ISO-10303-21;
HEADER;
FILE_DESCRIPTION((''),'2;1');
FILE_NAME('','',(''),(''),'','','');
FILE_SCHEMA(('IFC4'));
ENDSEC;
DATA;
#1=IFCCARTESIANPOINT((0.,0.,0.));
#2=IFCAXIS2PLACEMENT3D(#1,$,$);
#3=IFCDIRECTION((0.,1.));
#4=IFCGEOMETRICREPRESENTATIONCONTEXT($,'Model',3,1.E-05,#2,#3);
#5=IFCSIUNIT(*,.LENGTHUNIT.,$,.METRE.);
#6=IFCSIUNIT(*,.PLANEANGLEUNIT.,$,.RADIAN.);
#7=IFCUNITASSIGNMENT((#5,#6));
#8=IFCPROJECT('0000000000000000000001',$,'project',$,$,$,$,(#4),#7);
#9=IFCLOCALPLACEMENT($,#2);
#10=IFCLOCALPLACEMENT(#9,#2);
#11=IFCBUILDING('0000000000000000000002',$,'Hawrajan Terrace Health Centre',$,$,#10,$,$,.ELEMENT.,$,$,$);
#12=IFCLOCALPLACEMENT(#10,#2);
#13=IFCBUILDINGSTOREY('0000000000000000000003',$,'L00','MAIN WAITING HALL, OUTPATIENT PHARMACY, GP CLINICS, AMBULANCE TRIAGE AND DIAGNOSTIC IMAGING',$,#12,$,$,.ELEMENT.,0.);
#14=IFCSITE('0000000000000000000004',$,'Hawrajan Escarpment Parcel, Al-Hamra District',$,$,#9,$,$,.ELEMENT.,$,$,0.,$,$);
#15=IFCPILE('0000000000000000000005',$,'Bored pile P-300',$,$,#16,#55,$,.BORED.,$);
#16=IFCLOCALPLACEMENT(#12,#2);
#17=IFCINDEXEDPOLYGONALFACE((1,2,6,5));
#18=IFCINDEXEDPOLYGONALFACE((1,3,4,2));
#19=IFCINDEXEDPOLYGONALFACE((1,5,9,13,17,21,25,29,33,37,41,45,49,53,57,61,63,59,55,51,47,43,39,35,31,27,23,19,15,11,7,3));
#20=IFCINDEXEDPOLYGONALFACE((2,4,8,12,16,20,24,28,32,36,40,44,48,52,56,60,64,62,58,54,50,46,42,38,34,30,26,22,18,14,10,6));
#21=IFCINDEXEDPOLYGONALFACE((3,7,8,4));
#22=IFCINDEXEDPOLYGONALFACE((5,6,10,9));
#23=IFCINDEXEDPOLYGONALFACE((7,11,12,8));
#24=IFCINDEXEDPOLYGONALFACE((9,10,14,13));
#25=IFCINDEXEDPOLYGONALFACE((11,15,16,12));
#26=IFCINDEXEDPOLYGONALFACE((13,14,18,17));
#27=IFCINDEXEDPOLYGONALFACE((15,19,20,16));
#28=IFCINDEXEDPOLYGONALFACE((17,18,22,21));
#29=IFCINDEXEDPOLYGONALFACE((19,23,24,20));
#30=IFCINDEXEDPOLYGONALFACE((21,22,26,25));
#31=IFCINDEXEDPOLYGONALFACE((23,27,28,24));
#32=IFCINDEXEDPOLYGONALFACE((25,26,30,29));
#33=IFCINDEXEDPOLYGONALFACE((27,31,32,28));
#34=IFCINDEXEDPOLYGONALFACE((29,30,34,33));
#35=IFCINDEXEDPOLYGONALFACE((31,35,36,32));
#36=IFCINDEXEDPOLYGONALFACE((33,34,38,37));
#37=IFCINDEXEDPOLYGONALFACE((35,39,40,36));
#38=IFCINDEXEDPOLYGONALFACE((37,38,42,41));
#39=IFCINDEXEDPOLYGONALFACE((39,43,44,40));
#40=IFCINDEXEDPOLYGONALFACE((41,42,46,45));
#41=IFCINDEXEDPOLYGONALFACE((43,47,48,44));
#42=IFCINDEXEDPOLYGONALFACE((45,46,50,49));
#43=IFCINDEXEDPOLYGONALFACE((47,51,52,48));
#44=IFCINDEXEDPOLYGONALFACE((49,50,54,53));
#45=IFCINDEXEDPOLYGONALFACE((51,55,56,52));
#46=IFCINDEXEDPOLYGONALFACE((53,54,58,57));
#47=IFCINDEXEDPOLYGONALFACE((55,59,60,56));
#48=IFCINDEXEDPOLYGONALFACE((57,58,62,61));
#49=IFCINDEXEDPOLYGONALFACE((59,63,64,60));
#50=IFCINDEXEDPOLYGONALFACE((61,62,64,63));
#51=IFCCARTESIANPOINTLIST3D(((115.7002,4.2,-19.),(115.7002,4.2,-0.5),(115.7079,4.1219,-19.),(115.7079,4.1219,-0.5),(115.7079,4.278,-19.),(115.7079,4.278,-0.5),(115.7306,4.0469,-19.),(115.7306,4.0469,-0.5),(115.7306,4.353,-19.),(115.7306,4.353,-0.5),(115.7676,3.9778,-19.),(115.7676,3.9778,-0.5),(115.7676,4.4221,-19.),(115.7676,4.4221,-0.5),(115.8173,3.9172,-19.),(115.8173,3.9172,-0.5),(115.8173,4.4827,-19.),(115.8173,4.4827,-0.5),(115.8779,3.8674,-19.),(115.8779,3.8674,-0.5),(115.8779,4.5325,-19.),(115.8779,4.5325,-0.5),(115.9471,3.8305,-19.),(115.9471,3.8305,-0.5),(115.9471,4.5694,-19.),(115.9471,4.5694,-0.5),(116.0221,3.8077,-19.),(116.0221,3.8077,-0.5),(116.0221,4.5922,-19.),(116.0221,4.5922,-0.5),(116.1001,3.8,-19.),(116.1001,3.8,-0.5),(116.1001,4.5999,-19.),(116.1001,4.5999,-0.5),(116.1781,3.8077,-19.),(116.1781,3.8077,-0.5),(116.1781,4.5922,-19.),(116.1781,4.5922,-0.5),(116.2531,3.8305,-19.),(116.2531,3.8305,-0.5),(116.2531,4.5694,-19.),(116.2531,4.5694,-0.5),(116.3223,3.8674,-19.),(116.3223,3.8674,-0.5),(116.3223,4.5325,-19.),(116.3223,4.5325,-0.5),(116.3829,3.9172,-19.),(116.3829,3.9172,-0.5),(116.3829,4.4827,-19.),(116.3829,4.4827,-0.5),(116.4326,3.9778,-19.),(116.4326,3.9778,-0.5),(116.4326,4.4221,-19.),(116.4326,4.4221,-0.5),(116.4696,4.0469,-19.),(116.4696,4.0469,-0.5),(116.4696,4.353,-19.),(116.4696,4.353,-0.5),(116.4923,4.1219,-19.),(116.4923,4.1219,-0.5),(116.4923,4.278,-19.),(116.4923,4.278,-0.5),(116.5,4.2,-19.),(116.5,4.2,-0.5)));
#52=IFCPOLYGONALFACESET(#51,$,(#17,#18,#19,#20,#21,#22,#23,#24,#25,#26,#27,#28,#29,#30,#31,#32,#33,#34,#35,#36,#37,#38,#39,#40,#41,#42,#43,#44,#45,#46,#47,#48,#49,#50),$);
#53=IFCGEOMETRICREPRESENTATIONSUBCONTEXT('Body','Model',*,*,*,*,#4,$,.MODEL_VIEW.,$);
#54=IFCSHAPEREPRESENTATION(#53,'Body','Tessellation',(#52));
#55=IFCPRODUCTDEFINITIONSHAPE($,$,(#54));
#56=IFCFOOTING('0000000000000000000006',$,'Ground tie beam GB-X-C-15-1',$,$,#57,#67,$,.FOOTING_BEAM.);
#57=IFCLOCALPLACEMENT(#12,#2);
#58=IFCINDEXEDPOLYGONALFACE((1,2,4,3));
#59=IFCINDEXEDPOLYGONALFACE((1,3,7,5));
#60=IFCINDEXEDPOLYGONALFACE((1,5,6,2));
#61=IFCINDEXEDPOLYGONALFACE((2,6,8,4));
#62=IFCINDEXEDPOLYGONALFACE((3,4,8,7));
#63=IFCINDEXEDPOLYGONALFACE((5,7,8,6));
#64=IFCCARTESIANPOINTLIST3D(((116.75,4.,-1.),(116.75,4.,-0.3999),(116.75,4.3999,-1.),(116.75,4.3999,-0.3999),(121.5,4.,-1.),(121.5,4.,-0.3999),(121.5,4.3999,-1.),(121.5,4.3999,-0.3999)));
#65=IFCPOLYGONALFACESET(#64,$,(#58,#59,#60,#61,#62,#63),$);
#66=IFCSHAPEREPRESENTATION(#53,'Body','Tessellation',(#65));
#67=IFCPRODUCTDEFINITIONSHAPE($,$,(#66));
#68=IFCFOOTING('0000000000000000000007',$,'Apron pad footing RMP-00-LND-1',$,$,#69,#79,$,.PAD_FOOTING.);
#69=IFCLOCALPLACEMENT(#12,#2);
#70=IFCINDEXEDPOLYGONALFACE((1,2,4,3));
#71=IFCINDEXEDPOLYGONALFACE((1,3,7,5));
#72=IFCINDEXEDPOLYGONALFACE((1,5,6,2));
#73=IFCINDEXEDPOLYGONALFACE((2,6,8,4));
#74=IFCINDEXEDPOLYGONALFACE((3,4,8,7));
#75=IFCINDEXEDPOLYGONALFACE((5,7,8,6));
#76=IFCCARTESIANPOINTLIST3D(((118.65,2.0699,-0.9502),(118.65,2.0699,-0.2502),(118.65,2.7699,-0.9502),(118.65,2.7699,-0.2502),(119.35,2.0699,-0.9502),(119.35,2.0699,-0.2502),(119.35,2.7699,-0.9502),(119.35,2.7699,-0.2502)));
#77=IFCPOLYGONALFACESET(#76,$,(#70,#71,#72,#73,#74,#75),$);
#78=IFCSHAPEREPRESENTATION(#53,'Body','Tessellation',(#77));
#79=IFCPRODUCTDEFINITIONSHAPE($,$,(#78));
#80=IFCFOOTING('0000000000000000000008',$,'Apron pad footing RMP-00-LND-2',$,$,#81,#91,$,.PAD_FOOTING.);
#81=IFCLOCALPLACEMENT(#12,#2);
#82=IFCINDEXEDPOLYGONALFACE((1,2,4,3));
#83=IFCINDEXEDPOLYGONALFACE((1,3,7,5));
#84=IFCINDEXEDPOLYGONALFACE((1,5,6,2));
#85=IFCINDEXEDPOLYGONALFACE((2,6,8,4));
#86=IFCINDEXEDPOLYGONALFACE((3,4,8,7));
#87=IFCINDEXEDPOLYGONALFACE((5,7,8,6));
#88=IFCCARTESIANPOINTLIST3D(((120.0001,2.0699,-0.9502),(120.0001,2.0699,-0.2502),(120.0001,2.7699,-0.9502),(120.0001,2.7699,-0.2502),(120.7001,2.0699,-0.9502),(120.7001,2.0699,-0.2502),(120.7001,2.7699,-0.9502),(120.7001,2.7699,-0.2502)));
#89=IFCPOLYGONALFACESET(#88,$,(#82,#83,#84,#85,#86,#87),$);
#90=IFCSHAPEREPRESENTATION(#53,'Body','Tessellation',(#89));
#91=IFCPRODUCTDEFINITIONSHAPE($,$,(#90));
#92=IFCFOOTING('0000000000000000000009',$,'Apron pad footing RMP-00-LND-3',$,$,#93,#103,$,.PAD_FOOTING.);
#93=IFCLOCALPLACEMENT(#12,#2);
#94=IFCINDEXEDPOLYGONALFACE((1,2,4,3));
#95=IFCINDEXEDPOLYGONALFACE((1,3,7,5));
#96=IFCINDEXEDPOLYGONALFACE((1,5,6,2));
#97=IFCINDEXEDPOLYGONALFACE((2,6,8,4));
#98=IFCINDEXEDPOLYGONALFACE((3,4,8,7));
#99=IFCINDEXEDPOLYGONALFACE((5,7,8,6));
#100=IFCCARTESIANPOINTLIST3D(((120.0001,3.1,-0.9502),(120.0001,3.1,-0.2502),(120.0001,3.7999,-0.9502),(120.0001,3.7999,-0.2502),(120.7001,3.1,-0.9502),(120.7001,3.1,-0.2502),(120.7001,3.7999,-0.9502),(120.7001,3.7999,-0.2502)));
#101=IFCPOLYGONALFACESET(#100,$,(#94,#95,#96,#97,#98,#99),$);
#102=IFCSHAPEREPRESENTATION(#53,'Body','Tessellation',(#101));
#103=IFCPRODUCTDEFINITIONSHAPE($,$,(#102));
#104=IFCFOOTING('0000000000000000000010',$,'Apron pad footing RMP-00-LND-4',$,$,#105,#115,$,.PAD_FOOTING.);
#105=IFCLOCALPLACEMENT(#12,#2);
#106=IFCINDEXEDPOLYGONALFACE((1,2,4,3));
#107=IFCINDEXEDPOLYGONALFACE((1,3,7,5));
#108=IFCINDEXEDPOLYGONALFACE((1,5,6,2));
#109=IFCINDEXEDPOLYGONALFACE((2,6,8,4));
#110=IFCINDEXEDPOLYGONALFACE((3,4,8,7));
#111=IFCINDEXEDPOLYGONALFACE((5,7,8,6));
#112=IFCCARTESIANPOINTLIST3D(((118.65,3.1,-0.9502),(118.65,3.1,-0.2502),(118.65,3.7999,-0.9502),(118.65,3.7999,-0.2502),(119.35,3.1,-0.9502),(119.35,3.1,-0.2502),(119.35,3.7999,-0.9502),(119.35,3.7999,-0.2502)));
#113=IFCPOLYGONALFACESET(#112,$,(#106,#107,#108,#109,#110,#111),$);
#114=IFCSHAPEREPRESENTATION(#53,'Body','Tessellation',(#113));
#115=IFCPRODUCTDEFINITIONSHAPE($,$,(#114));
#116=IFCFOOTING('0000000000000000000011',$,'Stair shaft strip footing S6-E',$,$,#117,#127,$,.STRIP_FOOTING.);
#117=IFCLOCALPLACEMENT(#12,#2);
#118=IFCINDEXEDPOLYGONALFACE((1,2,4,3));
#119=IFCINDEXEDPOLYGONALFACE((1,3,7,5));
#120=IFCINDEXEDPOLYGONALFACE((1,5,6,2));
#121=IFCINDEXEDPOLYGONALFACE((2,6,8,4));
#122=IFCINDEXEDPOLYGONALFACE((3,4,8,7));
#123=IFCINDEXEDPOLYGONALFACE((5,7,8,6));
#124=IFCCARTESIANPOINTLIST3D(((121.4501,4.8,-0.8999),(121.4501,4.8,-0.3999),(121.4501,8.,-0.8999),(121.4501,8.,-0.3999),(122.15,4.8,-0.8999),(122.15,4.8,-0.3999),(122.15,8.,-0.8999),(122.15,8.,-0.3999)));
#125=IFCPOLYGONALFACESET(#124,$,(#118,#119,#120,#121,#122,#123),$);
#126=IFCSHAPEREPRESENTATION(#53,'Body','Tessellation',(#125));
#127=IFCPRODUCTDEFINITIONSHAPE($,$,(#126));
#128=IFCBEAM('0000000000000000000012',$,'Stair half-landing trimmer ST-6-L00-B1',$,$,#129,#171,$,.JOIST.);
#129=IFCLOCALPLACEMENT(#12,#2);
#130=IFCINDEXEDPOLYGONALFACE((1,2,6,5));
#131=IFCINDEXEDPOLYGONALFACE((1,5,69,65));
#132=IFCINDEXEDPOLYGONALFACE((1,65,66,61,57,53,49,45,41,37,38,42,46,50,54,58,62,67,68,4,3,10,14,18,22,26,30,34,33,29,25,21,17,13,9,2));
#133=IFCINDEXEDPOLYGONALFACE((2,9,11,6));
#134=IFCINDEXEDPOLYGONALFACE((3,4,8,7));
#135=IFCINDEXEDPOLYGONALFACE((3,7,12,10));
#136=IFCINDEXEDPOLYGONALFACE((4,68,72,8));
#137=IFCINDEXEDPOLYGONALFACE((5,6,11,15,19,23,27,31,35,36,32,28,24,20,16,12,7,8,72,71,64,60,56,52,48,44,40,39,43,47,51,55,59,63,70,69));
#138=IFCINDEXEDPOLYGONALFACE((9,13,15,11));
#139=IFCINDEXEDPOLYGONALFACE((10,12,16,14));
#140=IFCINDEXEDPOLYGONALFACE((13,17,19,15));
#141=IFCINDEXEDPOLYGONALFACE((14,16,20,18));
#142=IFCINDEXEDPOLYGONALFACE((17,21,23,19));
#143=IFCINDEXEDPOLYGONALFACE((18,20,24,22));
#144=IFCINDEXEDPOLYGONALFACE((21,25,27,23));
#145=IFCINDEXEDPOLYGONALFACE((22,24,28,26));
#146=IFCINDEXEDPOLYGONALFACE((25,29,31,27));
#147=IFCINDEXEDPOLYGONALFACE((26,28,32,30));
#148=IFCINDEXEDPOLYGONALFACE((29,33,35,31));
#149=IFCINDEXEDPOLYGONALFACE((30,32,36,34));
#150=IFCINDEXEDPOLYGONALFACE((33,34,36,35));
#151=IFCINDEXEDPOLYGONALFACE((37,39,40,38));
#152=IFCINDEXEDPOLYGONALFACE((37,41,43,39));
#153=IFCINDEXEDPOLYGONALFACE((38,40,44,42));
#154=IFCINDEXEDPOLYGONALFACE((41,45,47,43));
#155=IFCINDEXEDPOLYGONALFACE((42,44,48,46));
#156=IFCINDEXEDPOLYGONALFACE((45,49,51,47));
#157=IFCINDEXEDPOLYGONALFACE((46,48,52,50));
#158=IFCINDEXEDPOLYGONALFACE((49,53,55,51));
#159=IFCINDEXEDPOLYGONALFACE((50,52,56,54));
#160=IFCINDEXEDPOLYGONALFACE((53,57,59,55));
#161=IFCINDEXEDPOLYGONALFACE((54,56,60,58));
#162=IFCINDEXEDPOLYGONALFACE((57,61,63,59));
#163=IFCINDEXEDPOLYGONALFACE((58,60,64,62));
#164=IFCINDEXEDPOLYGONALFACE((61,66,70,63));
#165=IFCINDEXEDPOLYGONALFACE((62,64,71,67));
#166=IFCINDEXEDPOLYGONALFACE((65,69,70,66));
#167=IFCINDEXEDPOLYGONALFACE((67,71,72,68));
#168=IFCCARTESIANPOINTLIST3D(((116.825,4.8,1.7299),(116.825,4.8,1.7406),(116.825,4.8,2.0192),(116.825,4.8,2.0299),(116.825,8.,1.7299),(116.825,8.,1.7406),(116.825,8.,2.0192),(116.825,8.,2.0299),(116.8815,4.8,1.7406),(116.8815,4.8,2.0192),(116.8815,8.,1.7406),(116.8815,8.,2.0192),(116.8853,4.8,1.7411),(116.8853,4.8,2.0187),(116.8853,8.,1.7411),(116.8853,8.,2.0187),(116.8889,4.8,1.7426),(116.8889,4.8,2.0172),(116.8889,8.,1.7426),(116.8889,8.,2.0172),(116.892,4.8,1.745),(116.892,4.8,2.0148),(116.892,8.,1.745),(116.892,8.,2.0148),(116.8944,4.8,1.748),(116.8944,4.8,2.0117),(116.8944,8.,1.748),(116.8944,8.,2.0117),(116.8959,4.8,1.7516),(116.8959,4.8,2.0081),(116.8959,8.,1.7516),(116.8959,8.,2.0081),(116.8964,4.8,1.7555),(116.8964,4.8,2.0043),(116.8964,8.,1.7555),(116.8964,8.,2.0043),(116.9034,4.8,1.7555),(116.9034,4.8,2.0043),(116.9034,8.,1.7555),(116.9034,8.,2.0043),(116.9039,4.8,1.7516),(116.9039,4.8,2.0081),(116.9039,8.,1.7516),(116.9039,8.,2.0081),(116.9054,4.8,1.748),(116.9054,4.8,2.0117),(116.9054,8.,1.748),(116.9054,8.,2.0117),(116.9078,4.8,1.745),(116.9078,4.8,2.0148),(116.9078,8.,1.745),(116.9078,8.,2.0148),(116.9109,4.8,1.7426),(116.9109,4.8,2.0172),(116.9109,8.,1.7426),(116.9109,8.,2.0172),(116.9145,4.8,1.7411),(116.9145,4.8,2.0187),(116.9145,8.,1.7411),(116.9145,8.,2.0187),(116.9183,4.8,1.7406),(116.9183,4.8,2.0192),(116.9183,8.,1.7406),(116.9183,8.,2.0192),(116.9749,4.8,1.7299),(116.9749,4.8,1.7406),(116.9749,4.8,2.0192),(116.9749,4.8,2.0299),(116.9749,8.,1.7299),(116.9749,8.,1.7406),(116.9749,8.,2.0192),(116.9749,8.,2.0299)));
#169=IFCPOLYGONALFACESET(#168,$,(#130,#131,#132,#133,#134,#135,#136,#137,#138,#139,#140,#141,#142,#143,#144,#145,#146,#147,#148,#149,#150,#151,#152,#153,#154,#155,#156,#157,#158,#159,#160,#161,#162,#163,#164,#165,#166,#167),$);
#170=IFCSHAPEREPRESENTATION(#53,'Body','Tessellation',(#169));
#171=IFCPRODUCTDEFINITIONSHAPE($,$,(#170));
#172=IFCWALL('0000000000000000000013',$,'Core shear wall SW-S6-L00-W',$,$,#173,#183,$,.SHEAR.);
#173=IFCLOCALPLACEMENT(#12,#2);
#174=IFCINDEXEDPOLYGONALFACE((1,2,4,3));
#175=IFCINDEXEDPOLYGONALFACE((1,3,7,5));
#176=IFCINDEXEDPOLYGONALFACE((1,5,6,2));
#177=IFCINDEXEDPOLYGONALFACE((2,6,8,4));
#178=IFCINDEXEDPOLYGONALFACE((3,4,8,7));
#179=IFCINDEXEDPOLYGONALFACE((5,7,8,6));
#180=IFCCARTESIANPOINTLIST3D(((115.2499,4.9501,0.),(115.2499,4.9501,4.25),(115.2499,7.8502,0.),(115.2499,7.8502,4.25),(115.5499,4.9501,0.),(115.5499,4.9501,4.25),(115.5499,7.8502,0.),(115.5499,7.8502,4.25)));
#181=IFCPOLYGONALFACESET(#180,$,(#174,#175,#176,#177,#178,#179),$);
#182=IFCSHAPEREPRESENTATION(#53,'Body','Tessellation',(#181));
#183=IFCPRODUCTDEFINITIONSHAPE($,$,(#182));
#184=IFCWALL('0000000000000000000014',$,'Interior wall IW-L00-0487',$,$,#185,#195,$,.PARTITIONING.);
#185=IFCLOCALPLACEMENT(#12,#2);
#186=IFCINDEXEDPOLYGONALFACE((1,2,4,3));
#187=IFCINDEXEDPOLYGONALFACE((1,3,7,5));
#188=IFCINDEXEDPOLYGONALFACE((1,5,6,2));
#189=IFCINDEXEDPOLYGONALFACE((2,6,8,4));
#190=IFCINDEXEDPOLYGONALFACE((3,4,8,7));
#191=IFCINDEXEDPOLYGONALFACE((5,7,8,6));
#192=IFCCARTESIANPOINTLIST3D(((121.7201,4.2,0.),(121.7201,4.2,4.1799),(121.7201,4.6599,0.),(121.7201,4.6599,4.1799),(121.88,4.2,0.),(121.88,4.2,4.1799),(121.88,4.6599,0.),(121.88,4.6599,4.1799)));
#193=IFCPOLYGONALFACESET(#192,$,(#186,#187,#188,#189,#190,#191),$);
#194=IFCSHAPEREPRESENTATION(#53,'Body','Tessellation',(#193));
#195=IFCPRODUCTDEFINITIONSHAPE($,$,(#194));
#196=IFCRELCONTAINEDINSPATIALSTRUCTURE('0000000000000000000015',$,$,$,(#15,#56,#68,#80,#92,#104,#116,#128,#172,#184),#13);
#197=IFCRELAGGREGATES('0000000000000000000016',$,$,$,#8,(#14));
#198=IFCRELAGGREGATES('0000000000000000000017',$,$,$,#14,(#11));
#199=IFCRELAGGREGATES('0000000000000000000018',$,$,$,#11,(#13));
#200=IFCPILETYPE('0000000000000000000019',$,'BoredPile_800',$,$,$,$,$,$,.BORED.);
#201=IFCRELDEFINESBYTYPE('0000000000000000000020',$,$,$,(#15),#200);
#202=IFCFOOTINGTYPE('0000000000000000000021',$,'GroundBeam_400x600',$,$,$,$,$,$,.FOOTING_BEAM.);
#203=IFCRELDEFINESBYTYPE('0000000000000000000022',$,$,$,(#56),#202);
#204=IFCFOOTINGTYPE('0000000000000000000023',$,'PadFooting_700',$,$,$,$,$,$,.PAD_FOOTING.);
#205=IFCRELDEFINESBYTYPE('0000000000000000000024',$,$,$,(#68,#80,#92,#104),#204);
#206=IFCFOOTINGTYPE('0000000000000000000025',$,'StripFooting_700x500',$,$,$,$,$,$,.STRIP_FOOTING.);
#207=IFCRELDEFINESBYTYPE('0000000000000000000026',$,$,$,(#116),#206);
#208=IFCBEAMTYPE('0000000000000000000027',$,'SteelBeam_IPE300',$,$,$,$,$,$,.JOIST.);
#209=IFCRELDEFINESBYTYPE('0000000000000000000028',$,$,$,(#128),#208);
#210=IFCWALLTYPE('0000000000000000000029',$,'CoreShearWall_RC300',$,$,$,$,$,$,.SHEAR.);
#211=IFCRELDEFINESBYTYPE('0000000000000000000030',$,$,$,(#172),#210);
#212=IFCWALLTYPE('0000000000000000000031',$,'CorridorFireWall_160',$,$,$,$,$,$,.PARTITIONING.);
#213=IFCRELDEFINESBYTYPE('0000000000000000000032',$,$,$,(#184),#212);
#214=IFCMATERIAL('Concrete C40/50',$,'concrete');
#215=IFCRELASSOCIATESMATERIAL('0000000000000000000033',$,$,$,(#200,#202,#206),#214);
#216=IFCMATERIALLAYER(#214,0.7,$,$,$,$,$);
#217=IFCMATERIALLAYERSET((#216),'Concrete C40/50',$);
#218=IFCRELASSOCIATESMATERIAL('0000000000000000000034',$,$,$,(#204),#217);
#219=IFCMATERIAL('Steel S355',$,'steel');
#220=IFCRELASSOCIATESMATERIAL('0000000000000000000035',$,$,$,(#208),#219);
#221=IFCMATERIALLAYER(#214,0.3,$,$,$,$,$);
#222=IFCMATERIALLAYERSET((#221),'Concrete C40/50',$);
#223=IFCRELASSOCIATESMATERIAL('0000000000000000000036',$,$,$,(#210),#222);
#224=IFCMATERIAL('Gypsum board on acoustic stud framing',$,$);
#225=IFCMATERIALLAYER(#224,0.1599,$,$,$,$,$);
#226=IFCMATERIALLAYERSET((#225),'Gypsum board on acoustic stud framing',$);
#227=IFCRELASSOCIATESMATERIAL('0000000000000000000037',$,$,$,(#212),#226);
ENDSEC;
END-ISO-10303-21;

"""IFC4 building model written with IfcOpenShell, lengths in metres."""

from ifc_helpers import new_model, si_unit, direction, frame, frame_2d, origin, origin_2d, place, context, subcontext, project, spatial, rectangle, circle, i_section, extrude, material, layer, layer_set, material_profile, profile_set, type_object, element, save


model = new_model("IFC4")

# Units and contexts
model_context = context("Model", 3, precision=1e-05, world=origin(), true_north=direction((0.0, 1.0)))
body_context = subcontext(model_context, "Body", "Model", "MODEL_VIEW")
ifc_project = project(units=[si_unit("LENGTHUNIT", "METRE"), si_unit("PLANEANGLEUNIT", "RADIAN")], contexts=[model_context])

# Site, building, storey
site_placement = place(None, origin())
site = spatial("IfcSite", under=ifc_project, at=site_placement, Name="Hawrajan Escarpment Parcel, Al-Hamra District", CompositionType="ELEMENT", RefElevation=0.0)
building_placement = place(site_placement, origin())
building = spatial("IfcBuilding", under=site, at=building_placement, Name="Hawrajan Terrace Health Centre", CompositionType="ELEMENT")
storey_placement = place(building_placement, origin())
storey = spatial("IfcBuildingStorey", under=building, at=storey_placement, Name="L00", Description="MAIN WAITING HALL, OUTPATIENT PHARMACY, GP CLINICS, AMBULANCE TRIAGE AND DIAGNOSTIC IMAGING", CompositionType="ELEMENT", Elevation=0.0)

# Pile
ifc_material_1 = material(Name="Concrete C40/50", Category="concrete")
ifc_material_profile_1 = material_profile(ifc_material_1, circle(Radius=0.3999, at=origin_2d()), Name="BP 800")
ifc_profile_set_1 = profile_set([ifc_material_profile_1], Name="Concrete C40/50")
pile_type = type_object("IfcPileType", Name="BoredPile_800", PredefinedType="BORED", material=ifc_profile_set_1)
pile_placement = place(storey_placement, frame((116.1001, 4.2, -0.5), z_axis=(0.0, 0.0, -1.0), x_axis=(1.0, 0.0, 0.0)))
element("IfcPile", 1, at=pile_placement, inside=storey, type_object=pile_type, Name="Bored pile P-300", PredefinedType="BORED", context=body_context, shape_type="SweptSolid", body=[
    extrude(circle(Radius=0.3999, at=origin_2d()), origin(), (0.0, 0.0, 1.0), 18.5),
])

# Footings
ifc_material_profile_2 = material_profile(ifc_material_1, rectangle(XDim=0.3999, YDim=0.6001, at=origin_2d()), Name="RC BM 400x600")
ifc_profile_set_2 = profile_set([ifc_material_profile_2], Name="Concrete C40/50")
footing_type_1 = type_object("IfcFootingType", Name="GroundBeam_400x600", PredefinedType="FOOTING_BEAM", material=ifc_profile_set_2)
footing_1_placement = place(storey_placement, frame((116.75, 4.2, -0.7), z_axis=(1.0, 0.0, 0.0), x_axis=(0.0, 1.0, 0.0)))
element("IfcFooting", 2, at=footing_1_placement, inside=storey, type_object=footing_type_1, Name="Ground tie beam GB-X-C-15-1", PredefinedType="FOOTING_BEAM", context=body_context, shape_type="SweptSolid", body=[
    extrude(rectangle(XDim=0.3999, YDim=0.6001, at=origin_2d()), origin(), (0.0, 0.0, 1.0), 4.75),
])
ifc_layer_1 = layer(ifc_material_1, 0.7)
ifc_layer_set_1 = layer_set([ifc_layer_1], Name="Concrete C40/50")
footing_type_2 = type_object("IfcFootingType", Name="PadFooting_700", PredefinedType="PAD_FOOTING", material=ifc_layer_set_1)
for number, where, z_axis, x_axis, name in (
    (3, (119.0, 2.4199, -0.9502), (0.0, 0.0, 1.0), (1.0, 0.0, 0.0), "Apron pad footing RMP-00-LND-1"),
    (4, (120.3501, 2.4199, -0.9502), (0.0, 0.0, 1.0), (1.0, 0.0, 0.0), "Apron pad footing RMP-00-LND-2"),
    (5, (120.3501, 3.45, -0.9502), (0.0, 0.0, 1.0), (1.0, 0.0, 0.0), "Apron pad footing RMP-00-LND-3"),
    (6, (119.0, 3.45, -0.9502), (0.0, 0.0, 1.0), (1.0, 0.0, 0.0), "Apron pad footing RMP-00-LND-4"),
):
    element("IfcFooting", number, at=place(storey_placement, frame(where, z_axis=z_axis, x_axis=x_axis)), inside=storey, type_object=footing_type_2, Name=name, PredefinedType="PAD_FOOTING", context=body_context, shape_type="SweptSolid", body=[
        extrude(rectangle(XDim=0.7, YDim=0.7, at=origin_2d()), origin(), (0.0, 0.0, 1.0), 0.7),
    ])
ifc_material_profile_3 = material_profile(ifc_material_1, rectangle(XDim=0.7, YDim=0.5, at=origin_2d()), Name="RC STRIP 700x500")
ifc_profile_set_3 = profile_set([ifc_material_profile_3], Name="Concrete C40/50")
footing_type_3 = type_object("IfcFootingType", Name="StripFooting_700x500", PredefinedType="STRIP_FOOTING", material=ifc_profile_set_3)
footing_2_placement = place(storey_placement, frame((121.8, 4.8, -0.6499), z_axis=(0.0, 1.0, 0.0), x_axis=(-1.0, 0.0, 0.0)))
element("IfcFooting", 7, at=footing_2_placement, inside=storey, type_object=footing_type_3, Name="Stair shaft strip footing S6-E", PredefinedType="STRIP_FOOTING", context=body_context, shape_type="SweptSolid", body=[
    extrude(rectangle(XDim=0.7, YDim=0.5, at=origin_2d()), origin(), (0.0, 0.0, 1.0), 3.2),
])

# Beam
ifc_material_2 = material(Name="Steel S355", Category="steel")
ifc_material_profile_4 = material_profile(ifc_material_2, i_section(OverallWidth=0.1499, OverallDepth=0.3, WebThickness=0.0071, FlangeThickness=0.0107, FilletRadius=0.0149, at=origin_2d()), Name="IPE 300")
ifc_profile_set_4 = profile_set([ifc_material_profile_4], Name="Steel S355")
beam_type = type_object("IfcBeamType", Name="SteelBeam_IPE300", PredefinedType="JOIST", material=ifc_profile_set_4)
beam_placement = place(storey_placement, frame((116.8999, 4.8, 1.8799), z_axis=(0.0, 1.0, 0.0), x_axis=(-1.0, 0.0, 0.0)))
element("IfcBeam", 8, at=beam_placement, inside=storey, type_object=beam_type, Name="Stair half-landing trimmer ST-6-L00-B1", PredefinedType="JOIST", context=body_context, shape_type="SweptSolid", body=[
    extrude(i_section(OverallWidth=0.1499, OverallDepth=0.3, WebThickness=0.0071, FlangeThickness=0.0107, FilletRadius=0.0149, at=origin_2d()), origin(), (0.0, 0.0, 1.0), 3.2),
])

# Wall
ifc_layer_2 = layer(ifc_material_1, 0.3)
ifc_layer_set_2 = layer_set([ifc_layer_2], Name="Concrete C40/50")
wall_type_1 = type_object("IfcWallType", Name="CoreShearWall_RC300", PredefinedType="SHEAR", material=ifc_layer_set_2)
wall_1_placement = place(storey_placement, frame((115.3999, 4.95, 0.0), z_axis=(0.0, 0.0, 1.0), x_axis=(0.0, 1.0, 0.0)))
element("IfcWall", 9, at=wall_1_placement, inside=storey, type_object=wall_type_1, Name="Core shear wall SW-S6-L00-W", PredefinedType="SHEAR", context=body_context, shape_type="SweptSolid", body=[
    extrude(rectangle(XDim=2.9001, YDim=0.3, at=frame_2d((1.4502, 0.0))), origin(), (0.0, 0.0, 1.0), 4.25),
])

# Wall
ifc_material_3 = material(Name="Gypsum board on acoustic stud framing")
ifc_layer_3 = layer(ifc_material_3, 0.1599)
ifc_layer_set_3 = layer_set([ifc_layer_3], Name="Gypsum board on acoustic stud framing")
wall_type_2 = type_object("IfcWallType", Name="CorridorFireWall_160", PredefinedType="PARTITIONING", material=ifc_layer_set_3)
wall_2_placement = place(storey_placement, frame((121.8, 4.2, 0.0), z_axis=(0.0, 0.0, 1.0), x_axis=(0.0, 1.0, 0.0)))
element("IfcWall", 10, at=wall_2_placement, inside=storey, type_object=wall_type_2, Name="Interior wall IW-L00-0487", PredefinedType="PARTITIONING", context=body_context, shape_type="SweptSolid", body=[
    extrude(rectangle(XDim=0.46, YDim=0.1599, at=frame_2d((0.23, 0.0))), origin(), (0.0, 0.0, 1.0), 4.1799),
])

save(model, "model.ifc")
